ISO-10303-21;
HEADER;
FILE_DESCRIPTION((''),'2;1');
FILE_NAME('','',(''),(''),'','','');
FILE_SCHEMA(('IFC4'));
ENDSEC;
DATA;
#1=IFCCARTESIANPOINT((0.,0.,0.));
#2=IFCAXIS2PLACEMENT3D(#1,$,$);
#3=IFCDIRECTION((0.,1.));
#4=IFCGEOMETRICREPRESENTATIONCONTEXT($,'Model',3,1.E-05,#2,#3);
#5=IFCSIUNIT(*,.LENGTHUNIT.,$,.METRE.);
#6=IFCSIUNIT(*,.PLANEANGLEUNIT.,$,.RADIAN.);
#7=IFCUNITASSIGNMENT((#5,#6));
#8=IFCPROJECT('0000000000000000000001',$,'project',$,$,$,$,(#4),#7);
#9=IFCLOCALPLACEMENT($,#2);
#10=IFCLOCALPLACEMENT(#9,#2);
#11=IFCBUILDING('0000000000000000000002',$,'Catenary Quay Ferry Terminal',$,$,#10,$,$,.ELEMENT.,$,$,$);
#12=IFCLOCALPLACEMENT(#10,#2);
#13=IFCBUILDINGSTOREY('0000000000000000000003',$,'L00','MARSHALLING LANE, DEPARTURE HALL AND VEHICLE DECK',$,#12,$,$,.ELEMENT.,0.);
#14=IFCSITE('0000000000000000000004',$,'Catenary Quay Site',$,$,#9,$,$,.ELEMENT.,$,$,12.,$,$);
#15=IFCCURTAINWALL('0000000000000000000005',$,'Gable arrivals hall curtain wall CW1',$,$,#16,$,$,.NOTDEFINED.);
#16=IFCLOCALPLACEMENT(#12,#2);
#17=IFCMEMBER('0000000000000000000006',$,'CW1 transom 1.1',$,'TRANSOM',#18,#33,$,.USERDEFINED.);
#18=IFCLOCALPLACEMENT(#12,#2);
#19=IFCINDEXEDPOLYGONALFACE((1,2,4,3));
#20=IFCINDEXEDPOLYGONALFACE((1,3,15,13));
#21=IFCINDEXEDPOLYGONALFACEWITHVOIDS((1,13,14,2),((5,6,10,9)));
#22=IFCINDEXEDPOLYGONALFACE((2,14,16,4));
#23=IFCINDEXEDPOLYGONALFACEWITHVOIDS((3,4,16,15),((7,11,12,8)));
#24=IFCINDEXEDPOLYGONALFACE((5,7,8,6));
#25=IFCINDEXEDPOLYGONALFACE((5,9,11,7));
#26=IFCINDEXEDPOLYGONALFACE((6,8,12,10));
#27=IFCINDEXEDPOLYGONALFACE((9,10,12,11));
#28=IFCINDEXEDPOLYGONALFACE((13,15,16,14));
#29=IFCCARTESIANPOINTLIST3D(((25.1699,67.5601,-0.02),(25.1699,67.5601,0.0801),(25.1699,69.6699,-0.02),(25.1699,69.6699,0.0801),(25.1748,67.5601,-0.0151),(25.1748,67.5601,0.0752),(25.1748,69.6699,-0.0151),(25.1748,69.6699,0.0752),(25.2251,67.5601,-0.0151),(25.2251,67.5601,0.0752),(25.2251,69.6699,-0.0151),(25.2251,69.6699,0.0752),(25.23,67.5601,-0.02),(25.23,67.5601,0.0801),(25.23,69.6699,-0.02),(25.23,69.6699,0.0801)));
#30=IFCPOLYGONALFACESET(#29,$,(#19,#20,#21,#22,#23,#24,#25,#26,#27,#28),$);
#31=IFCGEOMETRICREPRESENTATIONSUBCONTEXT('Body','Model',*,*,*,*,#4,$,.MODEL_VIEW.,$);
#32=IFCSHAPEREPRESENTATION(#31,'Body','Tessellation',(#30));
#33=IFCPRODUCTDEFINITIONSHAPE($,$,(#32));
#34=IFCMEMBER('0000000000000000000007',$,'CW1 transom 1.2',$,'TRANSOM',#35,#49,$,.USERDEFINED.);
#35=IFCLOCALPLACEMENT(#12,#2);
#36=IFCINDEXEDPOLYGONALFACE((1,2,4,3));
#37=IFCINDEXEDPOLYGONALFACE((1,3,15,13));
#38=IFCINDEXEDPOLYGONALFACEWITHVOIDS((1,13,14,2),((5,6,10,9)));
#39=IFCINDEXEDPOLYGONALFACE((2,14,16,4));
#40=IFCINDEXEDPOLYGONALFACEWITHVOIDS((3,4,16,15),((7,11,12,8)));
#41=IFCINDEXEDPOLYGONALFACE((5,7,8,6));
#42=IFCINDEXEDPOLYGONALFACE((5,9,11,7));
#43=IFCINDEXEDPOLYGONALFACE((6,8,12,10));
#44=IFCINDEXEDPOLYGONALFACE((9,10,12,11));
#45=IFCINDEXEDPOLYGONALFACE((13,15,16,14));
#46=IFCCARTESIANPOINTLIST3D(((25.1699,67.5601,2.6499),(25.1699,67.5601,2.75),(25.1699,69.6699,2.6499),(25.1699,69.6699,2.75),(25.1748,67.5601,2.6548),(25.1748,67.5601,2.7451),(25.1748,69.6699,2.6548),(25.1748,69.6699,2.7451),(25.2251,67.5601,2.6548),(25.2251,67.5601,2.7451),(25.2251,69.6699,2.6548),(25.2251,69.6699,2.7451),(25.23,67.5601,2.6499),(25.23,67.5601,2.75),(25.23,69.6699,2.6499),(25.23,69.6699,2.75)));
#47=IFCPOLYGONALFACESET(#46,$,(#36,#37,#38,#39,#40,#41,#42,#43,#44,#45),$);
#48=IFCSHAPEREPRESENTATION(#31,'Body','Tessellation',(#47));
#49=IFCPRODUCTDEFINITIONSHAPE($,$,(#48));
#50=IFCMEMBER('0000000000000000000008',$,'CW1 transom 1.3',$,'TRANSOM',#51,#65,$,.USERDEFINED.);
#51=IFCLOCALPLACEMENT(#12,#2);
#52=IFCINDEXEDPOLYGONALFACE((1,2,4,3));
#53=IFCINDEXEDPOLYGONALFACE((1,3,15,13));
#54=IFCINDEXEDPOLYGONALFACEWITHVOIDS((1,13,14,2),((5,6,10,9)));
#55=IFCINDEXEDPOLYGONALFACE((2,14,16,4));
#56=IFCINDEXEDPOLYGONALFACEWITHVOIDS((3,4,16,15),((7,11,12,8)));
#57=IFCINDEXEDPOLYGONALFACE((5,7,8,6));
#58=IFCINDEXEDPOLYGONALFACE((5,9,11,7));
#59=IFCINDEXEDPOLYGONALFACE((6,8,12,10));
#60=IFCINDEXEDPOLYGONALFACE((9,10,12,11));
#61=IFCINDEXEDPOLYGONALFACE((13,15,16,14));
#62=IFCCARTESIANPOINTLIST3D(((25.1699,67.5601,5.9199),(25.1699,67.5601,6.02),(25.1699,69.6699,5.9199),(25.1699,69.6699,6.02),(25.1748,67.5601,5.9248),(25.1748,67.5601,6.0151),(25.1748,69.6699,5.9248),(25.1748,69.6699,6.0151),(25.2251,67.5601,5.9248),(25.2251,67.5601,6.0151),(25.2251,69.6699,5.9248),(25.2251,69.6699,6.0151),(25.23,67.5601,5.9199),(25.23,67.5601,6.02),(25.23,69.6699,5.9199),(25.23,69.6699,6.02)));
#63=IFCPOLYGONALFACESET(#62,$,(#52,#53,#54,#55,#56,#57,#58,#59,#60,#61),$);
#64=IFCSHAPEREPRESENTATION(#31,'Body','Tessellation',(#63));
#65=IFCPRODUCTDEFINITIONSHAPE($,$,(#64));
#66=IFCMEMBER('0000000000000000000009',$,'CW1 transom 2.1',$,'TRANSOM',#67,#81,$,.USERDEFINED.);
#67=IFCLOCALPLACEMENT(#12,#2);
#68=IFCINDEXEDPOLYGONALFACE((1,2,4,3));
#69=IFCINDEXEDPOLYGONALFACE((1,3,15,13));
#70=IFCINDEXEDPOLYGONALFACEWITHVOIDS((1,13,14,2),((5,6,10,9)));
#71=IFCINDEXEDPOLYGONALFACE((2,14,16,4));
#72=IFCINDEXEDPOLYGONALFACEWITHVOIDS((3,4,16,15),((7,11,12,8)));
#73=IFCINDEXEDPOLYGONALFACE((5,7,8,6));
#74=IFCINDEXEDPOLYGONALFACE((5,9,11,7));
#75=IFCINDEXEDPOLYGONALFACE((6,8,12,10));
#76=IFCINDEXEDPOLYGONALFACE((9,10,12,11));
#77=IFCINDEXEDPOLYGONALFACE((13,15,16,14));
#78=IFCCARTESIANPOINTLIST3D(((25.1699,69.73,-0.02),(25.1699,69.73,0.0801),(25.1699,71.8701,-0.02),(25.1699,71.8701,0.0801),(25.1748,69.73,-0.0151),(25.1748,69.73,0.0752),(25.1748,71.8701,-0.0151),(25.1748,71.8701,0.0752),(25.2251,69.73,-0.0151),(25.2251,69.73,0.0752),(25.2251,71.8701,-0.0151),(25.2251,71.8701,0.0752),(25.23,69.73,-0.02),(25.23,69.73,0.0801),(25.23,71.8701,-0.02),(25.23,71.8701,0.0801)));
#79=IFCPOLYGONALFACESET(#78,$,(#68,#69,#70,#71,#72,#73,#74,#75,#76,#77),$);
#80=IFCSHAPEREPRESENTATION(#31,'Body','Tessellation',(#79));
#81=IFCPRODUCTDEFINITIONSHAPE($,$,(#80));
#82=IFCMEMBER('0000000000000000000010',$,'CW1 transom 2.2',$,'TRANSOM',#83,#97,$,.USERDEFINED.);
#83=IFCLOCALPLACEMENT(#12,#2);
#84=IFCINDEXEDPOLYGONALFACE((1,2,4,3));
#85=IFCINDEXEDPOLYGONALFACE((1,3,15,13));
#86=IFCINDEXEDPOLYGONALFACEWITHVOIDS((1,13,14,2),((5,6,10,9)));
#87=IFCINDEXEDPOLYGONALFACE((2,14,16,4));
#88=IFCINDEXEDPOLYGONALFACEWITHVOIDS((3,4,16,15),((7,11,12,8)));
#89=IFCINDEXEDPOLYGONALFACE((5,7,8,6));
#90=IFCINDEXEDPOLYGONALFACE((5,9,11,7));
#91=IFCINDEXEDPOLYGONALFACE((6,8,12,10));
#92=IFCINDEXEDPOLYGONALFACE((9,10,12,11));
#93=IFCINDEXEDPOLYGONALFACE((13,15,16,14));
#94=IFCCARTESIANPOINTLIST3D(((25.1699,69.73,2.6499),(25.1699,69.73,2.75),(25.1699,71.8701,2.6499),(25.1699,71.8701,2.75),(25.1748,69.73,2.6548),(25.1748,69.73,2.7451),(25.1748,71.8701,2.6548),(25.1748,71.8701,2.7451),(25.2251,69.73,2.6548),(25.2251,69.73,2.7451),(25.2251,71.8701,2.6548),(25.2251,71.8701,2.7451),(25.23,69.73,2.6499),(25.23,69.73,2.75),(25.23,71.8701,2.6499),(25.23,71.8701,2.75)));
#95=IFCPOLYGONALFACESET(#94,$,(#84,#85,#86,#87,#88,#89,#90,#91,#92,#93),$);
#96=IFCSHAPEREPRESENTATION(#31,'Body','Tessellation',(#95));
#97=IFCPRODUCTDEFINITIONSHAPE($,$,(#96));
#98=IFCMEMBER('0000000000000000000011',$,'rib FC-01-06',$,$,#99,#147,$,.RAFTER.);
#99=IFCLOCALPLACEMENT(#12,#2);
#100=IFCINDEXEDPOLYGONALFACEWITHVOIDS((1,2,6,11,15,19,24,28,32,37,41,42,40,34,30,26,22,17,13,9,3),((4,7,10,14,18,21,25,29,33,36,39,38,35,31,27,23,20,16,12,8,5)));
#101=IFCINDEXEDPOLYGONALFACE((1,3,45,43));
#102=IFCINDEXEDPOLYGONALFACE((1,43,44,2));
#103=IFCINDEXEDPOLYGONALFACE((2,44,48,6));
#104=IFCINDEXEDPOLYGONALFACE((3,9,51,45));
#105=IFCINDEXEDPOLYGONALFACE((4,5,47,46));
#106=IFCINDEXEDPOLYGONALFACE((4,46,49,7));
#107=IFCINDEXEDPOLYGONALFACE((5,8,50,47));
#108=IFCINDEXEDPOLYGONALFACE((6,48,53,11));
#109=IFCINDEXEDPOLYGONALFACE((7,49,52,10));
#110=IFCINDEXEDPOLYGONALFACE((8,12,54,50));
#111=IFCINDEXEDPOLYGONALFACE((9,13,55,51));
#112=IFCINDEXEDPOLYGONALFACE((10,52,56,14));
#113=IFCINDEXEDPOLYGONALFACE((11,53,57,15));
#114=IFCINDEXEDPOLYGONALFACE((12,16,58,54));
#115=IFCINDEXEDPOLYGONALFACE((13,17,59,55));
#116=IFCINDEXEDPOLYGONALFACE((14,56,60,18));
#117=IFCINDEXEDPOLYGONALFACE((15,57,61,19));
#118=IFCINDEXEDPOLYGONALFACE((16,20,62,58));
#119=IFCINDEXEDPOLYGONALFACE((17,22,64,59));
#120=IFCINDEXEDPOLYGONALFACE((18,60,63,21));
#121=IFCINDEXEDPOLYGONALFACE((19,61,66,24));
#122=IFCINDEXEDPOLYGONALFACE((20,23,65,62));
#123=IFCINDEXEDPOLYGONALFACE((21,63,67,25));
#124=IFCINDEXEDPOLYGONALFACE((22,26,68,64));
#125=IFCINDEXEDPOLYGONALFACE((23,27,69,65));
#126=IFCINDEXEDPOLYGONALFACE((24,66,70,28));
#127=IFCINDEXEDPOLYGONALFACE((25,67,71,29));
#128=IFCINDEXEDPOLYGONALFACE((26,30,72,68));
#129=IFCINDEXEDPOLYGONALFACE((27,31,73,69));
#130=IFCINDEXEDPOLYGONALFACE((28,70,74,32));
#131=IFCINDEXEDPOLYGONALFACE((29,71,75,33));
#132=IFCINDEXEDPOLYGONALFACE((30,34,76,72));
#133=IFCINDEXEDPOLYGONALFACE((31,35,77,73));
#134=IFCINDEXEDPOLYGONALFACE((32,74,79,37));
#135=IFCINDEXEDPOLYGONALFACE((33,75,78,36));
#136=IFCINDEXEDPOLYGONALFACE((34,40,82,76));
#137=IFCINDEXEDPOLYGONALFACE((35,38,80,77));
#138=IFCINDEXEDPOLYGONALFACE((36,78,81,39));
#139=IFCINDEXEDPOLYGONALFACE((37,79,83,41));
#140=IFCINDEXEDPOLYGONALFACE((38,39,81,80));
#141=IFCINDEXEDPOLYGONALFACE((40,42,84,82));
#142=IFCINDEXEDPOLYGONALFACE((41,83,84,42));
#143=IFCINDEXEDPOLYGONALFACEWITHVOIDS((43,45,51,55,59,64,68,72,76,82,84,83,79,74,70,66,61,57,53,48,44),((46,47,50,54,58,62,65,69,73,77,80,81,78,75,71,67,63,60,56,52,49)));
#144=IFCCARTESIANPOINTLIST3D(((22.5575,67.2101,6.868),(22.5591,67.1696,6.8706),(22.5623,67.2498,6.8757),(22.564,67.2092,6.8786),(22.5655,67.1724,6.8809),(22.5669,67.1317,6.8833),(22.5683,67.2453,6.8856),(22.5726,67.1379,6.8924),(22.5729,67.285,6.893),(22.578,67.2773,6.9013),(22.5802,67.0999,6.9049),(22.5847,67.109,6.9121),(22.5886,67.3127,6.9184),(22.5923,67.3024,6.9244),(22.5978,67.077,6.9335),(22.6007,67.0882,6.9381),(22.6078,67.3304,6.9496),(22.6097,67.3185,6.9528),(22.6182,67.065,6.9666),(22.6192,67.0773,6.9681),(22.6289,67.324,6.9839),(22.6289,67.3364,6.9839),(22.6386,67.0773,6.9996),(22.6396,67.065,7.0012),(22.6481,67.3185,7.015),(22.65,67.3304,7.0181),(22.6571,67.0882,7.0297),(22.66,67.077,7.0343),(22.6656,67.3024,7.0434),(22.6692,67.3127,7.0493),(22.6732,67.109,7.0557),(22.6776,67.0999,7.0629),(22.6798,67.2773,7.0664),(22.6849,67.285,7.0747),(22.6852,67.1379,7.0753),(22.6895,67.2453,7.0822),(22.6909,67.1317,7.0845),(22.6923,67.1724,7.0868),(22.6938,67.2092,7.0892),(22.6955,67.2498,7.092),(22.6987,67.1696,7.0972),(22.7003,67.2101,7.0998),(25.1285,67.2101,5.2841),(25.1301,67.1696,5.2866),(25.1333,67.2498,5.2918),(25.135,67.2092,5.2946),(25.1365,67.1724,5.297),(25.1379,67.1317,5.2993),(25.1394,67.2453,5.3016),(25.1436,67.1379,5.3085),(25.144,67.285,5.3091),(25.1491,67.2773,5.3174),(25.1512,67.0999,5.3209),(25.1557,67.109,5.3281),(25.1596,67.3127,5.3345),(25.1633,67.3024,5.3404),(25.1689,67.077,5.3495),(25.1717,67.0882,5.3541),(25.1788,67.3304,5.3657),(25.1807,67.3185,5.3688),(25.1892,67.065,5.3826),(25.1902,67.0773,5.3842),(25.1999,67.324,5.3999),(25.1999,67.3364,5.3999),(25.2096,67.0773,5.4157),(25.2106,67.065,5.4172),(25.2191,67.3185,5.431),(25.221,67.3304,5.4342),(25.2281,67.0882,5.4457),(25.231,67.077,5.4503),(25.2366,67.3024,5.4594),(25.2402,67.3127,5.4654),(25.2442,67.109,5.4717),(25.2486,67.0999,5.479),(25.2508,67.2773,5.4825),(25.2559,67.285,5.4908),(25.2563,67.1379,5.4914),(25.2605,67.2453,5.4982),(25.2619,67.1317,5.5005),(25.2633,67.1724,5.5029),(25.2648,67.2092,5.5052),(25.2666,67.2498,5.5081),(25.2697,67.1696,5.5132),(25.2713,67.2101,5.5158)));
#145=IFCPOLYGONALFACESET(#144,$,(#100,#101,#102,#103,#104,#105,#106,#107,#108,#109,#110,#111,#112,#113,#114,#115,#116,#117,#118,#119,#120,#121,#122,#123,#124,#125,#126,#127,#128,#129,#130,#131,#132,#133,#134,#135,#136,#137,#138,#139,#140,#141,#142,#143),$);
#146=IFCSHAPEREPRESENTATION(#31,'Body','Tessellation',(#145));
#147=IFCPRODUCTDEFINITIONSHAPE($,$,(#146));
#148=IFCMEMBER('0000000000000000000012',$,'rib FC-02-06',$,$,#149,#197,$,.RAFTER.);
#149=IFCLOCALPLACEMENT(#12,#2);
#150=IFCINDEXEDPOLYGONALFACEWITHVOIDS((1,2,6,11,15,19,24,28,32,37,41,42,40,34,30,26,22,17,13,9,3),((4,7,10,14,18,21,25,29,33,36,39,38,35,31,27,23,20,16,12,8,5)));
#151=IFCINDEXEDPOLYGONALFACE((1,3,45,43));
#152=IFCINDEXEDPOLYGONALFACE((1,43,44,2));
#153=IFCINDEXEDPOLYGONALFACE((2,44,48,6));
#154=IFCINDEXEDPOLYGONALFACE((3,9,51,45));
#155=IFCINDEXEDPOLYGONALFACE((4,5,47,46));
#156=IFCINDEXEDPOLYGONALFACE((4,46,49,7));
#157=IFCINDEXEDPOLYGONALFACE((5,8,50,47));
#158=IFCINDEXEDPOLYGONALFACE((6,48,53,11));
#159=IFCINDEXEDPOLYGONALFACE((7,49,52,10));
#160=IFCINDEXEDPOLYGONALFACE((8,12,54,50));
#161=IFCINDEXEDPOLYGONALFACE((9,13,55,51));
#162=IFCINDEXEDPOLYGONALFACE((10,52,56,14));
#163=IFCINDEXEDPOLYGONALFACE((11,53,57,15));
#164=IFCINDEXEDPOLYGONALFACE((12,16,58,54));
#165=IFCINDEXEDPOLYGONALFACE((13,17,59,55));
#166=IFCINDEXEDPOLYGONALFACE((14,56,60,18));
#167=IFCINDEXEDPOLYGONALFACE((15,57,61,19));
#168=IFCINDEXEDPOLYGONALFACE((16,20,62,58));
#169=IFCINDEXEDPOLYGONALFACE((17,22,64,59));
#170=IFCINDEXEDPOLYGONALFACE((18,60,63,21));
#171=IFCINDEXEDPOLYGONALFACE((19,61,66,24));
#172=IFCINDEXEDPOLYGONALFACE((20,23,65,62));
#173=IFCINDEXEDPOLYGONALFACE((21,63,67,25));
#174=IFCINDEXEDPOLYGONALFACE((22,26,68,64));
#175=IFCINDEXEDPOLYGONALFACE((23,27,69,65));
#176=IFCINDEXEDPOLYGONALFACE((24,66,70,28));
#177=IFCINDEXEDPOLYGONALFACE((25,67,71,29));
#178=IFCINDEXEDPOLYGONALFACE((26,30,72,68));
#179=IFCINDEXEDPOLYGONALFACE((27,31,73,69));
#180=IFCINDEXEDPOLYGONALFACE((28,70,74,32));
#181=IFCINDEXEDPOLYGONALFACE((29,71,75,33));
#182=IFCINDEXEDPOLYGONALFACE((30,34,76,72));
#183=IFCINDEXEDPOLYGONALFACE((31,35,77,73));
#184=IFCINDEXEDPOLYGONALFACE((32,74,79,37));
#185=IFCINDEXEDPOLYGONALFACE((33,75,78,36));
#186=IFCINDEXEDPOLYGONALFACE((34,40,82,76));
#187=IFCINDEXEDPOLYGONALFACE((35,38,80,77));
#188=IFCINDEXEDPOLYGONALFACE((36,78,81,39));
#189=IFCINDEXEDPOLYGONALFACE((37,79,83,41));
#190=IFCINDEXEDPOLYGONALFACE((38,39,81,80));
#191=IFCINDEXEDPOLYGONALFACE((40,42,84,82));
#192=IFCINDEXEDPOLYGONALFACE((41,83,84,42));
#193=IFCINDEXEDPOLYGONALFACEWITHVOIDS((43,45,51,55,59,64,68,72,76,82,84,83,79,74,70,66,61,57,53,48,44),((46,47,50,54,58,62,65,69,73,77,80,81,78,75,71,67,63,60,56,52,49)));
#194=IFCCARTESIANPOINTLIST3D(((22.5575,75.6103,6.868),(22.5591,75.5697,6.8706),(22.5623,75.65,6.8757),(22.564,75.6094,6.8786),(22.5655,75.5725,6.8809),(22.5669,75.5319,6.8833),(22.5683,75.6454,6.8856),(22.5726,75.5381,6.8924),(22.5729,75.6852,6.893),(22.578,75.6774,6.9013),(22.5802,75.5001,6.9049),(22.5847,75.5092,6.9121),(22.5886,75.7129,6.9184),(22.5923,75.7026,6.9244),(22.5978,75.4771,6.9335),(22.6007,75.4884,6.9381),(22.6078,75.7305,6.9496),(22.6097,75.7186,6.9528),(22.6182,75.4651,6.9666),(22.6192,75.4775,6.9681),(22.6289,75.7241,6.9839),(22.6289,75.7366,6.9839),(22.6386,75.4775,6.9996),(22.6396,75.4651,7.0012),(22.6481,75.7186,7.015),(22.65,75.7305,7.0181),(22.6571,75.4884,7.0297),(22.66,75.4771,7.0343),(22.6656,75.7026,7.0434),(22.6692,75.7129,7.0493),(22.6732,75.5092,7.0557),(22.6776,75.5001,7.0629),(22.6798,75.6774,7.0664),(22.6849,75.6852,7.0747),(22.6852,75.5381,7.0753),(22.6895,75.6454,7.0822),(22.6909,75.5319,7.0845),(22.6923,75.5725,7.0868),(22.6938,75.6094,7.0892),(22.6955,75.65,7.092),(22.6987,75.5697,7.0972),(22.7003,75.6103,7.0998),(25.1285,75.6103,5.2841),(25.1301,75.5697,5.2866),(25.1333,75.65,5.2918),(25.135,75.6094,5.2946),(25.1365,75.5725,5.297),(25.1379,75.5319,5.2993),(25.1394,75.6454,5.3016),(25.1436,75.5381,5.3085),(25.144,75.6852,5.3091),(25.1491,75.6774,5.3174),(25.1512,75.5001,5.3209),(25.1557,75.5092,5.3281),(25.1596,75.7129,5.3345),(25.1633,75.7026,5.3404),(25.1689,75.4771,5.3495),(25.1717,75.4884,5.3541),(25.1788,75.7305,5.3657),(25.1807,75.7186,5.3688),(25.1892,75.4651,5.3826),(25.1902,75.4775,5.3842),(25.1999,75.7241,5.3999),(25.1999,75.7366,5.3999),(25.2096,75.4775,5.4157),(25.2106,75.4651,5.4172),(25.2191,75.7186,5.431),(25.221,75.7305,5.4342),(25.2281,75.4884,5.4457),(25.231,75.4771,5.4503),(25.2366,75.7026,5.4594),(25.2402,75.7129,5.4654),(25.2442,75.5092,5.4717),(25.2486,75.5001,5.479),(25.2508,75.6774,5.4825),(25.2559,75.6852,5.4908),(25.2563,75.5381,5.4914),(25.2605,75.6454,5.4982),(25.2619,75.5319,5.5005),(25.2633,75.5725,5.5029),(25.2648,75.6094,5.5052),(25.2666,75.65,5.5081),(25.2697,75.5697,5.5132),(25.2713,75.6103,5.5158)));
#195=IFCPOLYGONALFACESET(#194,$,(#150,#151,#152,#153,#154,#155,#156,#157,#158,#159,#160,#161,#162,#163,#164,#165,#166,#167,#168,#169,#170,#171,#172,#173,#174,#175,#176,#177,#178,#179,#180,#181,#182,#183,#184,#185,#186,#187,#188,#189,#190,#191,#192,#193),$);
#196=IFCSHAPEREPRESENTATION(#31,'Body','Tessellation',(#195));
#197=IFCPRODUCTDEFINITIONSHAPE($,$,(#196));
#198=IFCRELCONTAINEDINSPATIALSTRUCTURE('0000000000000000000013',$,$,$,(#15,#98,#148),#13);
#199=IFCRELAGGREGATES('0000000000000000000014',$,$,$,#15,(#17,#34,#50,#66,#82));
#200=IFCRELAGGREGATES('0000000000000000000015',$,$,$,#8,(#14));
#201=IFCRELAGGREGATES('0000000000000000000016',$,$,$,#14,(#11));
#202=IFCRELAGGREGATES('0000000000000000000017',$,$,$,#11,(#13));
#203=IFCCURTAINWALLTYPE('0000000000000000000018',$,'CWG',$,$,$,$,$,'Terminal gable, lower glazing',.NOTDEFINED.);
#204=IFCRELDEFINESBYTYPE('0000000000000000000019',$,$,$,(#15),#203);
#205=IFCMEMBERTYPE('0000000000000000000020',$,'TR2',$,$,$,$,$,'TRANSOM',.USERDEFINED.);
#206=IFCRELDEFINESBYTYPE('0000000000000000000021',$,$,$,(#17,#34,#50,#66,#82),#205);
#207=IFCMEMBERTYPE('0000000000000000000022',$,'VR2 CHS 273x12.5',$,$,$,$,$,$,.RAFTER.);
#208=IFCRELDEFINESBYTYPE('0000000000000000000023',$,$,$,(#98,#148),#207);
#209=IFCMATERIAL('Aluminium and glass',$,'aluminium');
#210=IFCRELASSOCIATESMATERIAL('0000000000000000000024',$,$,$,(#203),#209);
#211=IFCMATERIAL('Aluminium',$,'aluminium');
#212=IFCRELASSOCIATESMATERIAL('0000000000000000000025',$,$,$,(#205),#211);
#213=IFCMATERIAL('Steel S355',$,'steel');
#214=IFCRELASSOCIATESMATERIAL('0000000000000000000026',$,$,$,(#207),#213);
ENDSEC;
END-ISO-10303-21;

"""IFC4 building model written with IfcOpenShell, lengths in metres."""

from ifc_helpers import new_model, si_unit, direction, frame, origin, origin_2d, place, context, subcontext, project, spatial, hollow_rectangle, hollow_circle, extrude, material, material_profile, profile_set, type_object, element, aggregate, save


model = new_model("IFC4")

# Units and contexts
model_context = context("Model", 3, precision=1e-05, world=origin(), true_north=direction((0.0, 1.0)))
body_context = subcontext(model_context, "Body", "Model", "MODEL_VIEW")
ifc_project = project(units=[si_unit("LENGTHUNIT", "METRE"), si_unit("PLANEANGLEUNIT", "RADIAN")], contexts=[model_context])

# Site, building, storey
site_placement = place(None, origin())
site = spatial("IfcSite", under=ifc_project, at=site_placement, Name="Catenary Quay Site", CompositionType="ELEMENT", RefElevation=12.0)
building_placement = place(site_placement, origin())
building = spatial("IfcBuilding", under=site, at=building_placement, Name="Catenary Quay Ferry Terminal", CompositionType="ELEMENT")
storey_placement = place(building_placement, origin())
storey = spatial("IfcBuildingStorey", under=building, at=storey_placement, Name="L00", Description="MARSHALLING LANE, DEPARTURE HALL AND VEHICLE DECK", CompositionType="ELEMENT", Elevation=0.0)

# Curtain wall, members
ifc_material_1 = material(Name="Aluminium and glass", Category="aluminium")
curtain_wall_type = type_object("IfcCurtainWallType", Name="CWG", ElementType="Terminal gable, lower glazing", PredefinedType="NOTDEFINED", material=ifc_material_1)
curtain_wall_placement = place(storey_placement, origin())
curtain_wall = element("IfcCurtainWall", 1, at=curtain_wall_placement, inside=storey, type_object=curtain_wall_type, Name="Gable arrivals hall curtain wall CW1", PredefinedType="NOTDEFINED")
ifc_material_2 = material(Name="Aluminium", Category="aluminium")
ifc_material_profile_1 = material_profile(ifc_material_2, hollow_rectangle(XDim=0.0601, YDim=0.1001, WallThickness=0.0049, at=origin_2d()), Name="TR2")
ifc_profile_set_1 = profile_set([ifc_material_profile_1], Name="Aluminium")
member_type_1 = type_object("IfcMemberType", Name="TR2", ElementType="TRANSOM", PredefinedType="USERDEFINED", material=ifc_profile_set_1)
member_1_placement = place(storey_placement, frame((25.2, 67.5601, 0.03), z_axis=(0.0, 1.0, 0.0), x_axis=(-1.0, 0.0, 0.0)))
member_1 = element("IfcMember", 2, at=member_1_placement, type_object=member_type_1, Name="CW1 transom 1.1", ObjectType="TRANSOM", PredefinedType="USERDEFINED", context=body_context, shape_type="SweptSolid", body=[
    extrude(hollow_rectangle(XDim=0.0601, YDim=0.1001, WallThickness=0.0049, at=origin_2d()), origin(), (0.0, 0.0, 1.0), 2.1099),
])
member_2_placement = place(storey_placement, frame((25.2, 67.5601, 2.7), z_axis=(0.0, 1.0, 0.0), x_axis=(-1.0, 0.0, 0.0)))
member_2 = element("IfcMember", 3, at=member_2_placement, type_object=member_type_1, Name="CW1 transom 1.2", ObjectType="TRANSOM", PredefinedType="USERDEFINED", context=body_context, shape_type="SweptSolid", body=[
    extrude(hollow_rectangle(XDim=0.0601, YDim=0.1001, WallThickness=0.0049, at=origin_2d()), origin(), (0.0, 0.0, 1.0), 2.1099),
])
member_3_placement = place(storey_placement, frame((25.2, 67.5601, 5.97), z_axis=(0.0, 1.0, 0.0), x_axis=(-1.0, 0.0, 0.0)))
member_3 = element("IfcMember", 4, at=member_3_placement, type_object=member_type_1, Name="CW1 transom 1.3", ObjectType="TRANSOM", PredefinedType="USERDEFINED", context=body_context, shape_type="SweptSolid", body=[
    extrude(hollow_rectangle(XDim=0.0601, YDim=0.1001, WallThickness=0.0049, at=origin_2d()), origin(), (0.0, 0.0, 1.0), 2.1099),
])
member_4_placement = place(storey_placement, frame((25.2, 69.73, 0.03), z_axis=(0.0, 1.0, 0.0), x_axis=(-1.0, 0.0, 0.0)))
member_4 = element("IfcMember", 5, at=member_4_placement, type_object=member_type_1, Name="CW1 transom 2.1", ObjectType="TRANSOM", PredefinedType="USERDEFINED", context=body_context, shape_type="SweptSolid", body=[
    extrude(hollow_rectangle(XDim=0.0601, YDim=0.1001, WallThickness=0.0049, at=origin_2d()), origin(), (0.0, 0.0, 1.0), 2.1401),
])
member_5_placement = place(storey_placement, frame((25.2, 69.73, 2.7), z_axis=(0.0, 1.0, 0.0), x_axis=(-1.0, 0.0, 0.0)))
member_5 = element("IfcMember", 6, at=member_5_placement, type_object=member_type_1, Name="CW1 transom 2.2", ObjectType="TRANSOM", PredefinedType="USERDEFINED", context=body_context, shape_type="SweptSolid", body=[
    extrude(hollow_rectangle(XDim=0.0601, YDim=0.1001, WallThickness=0.0049, at=origin_2d()), origin(), (0.0, 0.0, 1.0), 2.1401),
])

# Members
ifc_material_3 = material(Name="Steel S355", Category="steel")
ifc_material_profile_2 = material_profile(ifc_material_3, hollow_circle(Radius=0.1365, WallThickness=0.0125, at=origin_2d()), Name="CHS 273x12.5")
ifc_profile_set_2 = profile_set([ifc_material_profile_2], Name="Steel S355")
member_type_2 = type_object("IfcMemberType", Name="VR2 CHS 273x12.5", PredefinedType="RAFTER", material=ifc_profile_set_2)
for number, where, z_axis, x_axis, name in (
    (7, (22.6289, 67.2, 6.9839), (0.851392, 0.0, -0.52453), (0.0, 1.0, 0.0), "rib FC-01-06"),
    (8, (22.6289, 75.6001, 6.9839), (0.851392, 0.0, -0.52453), (0.0, 1.0, 0.0), "rib FC-02-06"),
):
    element("IfcMember", number, at=place(storey_placement, frame(where, z_axis=z_axis, x_axis=x_axis)), inside=storey, type_object=member_type_2, Name=name, PredefinedType="RAFTER", context=body_context, shape_type="SweptSolid", body=[
        extrude(hollow_circle(Radius=0.1365, WallThickness=0.0125, at=origin_2d()), origin(), (0.0, 0.0, 1.0), 3.0198),
    ])

aggregate(curtain_wall, [member_1, member_2, member_3, member_4, member_5])

save(model, "model.ifc")
